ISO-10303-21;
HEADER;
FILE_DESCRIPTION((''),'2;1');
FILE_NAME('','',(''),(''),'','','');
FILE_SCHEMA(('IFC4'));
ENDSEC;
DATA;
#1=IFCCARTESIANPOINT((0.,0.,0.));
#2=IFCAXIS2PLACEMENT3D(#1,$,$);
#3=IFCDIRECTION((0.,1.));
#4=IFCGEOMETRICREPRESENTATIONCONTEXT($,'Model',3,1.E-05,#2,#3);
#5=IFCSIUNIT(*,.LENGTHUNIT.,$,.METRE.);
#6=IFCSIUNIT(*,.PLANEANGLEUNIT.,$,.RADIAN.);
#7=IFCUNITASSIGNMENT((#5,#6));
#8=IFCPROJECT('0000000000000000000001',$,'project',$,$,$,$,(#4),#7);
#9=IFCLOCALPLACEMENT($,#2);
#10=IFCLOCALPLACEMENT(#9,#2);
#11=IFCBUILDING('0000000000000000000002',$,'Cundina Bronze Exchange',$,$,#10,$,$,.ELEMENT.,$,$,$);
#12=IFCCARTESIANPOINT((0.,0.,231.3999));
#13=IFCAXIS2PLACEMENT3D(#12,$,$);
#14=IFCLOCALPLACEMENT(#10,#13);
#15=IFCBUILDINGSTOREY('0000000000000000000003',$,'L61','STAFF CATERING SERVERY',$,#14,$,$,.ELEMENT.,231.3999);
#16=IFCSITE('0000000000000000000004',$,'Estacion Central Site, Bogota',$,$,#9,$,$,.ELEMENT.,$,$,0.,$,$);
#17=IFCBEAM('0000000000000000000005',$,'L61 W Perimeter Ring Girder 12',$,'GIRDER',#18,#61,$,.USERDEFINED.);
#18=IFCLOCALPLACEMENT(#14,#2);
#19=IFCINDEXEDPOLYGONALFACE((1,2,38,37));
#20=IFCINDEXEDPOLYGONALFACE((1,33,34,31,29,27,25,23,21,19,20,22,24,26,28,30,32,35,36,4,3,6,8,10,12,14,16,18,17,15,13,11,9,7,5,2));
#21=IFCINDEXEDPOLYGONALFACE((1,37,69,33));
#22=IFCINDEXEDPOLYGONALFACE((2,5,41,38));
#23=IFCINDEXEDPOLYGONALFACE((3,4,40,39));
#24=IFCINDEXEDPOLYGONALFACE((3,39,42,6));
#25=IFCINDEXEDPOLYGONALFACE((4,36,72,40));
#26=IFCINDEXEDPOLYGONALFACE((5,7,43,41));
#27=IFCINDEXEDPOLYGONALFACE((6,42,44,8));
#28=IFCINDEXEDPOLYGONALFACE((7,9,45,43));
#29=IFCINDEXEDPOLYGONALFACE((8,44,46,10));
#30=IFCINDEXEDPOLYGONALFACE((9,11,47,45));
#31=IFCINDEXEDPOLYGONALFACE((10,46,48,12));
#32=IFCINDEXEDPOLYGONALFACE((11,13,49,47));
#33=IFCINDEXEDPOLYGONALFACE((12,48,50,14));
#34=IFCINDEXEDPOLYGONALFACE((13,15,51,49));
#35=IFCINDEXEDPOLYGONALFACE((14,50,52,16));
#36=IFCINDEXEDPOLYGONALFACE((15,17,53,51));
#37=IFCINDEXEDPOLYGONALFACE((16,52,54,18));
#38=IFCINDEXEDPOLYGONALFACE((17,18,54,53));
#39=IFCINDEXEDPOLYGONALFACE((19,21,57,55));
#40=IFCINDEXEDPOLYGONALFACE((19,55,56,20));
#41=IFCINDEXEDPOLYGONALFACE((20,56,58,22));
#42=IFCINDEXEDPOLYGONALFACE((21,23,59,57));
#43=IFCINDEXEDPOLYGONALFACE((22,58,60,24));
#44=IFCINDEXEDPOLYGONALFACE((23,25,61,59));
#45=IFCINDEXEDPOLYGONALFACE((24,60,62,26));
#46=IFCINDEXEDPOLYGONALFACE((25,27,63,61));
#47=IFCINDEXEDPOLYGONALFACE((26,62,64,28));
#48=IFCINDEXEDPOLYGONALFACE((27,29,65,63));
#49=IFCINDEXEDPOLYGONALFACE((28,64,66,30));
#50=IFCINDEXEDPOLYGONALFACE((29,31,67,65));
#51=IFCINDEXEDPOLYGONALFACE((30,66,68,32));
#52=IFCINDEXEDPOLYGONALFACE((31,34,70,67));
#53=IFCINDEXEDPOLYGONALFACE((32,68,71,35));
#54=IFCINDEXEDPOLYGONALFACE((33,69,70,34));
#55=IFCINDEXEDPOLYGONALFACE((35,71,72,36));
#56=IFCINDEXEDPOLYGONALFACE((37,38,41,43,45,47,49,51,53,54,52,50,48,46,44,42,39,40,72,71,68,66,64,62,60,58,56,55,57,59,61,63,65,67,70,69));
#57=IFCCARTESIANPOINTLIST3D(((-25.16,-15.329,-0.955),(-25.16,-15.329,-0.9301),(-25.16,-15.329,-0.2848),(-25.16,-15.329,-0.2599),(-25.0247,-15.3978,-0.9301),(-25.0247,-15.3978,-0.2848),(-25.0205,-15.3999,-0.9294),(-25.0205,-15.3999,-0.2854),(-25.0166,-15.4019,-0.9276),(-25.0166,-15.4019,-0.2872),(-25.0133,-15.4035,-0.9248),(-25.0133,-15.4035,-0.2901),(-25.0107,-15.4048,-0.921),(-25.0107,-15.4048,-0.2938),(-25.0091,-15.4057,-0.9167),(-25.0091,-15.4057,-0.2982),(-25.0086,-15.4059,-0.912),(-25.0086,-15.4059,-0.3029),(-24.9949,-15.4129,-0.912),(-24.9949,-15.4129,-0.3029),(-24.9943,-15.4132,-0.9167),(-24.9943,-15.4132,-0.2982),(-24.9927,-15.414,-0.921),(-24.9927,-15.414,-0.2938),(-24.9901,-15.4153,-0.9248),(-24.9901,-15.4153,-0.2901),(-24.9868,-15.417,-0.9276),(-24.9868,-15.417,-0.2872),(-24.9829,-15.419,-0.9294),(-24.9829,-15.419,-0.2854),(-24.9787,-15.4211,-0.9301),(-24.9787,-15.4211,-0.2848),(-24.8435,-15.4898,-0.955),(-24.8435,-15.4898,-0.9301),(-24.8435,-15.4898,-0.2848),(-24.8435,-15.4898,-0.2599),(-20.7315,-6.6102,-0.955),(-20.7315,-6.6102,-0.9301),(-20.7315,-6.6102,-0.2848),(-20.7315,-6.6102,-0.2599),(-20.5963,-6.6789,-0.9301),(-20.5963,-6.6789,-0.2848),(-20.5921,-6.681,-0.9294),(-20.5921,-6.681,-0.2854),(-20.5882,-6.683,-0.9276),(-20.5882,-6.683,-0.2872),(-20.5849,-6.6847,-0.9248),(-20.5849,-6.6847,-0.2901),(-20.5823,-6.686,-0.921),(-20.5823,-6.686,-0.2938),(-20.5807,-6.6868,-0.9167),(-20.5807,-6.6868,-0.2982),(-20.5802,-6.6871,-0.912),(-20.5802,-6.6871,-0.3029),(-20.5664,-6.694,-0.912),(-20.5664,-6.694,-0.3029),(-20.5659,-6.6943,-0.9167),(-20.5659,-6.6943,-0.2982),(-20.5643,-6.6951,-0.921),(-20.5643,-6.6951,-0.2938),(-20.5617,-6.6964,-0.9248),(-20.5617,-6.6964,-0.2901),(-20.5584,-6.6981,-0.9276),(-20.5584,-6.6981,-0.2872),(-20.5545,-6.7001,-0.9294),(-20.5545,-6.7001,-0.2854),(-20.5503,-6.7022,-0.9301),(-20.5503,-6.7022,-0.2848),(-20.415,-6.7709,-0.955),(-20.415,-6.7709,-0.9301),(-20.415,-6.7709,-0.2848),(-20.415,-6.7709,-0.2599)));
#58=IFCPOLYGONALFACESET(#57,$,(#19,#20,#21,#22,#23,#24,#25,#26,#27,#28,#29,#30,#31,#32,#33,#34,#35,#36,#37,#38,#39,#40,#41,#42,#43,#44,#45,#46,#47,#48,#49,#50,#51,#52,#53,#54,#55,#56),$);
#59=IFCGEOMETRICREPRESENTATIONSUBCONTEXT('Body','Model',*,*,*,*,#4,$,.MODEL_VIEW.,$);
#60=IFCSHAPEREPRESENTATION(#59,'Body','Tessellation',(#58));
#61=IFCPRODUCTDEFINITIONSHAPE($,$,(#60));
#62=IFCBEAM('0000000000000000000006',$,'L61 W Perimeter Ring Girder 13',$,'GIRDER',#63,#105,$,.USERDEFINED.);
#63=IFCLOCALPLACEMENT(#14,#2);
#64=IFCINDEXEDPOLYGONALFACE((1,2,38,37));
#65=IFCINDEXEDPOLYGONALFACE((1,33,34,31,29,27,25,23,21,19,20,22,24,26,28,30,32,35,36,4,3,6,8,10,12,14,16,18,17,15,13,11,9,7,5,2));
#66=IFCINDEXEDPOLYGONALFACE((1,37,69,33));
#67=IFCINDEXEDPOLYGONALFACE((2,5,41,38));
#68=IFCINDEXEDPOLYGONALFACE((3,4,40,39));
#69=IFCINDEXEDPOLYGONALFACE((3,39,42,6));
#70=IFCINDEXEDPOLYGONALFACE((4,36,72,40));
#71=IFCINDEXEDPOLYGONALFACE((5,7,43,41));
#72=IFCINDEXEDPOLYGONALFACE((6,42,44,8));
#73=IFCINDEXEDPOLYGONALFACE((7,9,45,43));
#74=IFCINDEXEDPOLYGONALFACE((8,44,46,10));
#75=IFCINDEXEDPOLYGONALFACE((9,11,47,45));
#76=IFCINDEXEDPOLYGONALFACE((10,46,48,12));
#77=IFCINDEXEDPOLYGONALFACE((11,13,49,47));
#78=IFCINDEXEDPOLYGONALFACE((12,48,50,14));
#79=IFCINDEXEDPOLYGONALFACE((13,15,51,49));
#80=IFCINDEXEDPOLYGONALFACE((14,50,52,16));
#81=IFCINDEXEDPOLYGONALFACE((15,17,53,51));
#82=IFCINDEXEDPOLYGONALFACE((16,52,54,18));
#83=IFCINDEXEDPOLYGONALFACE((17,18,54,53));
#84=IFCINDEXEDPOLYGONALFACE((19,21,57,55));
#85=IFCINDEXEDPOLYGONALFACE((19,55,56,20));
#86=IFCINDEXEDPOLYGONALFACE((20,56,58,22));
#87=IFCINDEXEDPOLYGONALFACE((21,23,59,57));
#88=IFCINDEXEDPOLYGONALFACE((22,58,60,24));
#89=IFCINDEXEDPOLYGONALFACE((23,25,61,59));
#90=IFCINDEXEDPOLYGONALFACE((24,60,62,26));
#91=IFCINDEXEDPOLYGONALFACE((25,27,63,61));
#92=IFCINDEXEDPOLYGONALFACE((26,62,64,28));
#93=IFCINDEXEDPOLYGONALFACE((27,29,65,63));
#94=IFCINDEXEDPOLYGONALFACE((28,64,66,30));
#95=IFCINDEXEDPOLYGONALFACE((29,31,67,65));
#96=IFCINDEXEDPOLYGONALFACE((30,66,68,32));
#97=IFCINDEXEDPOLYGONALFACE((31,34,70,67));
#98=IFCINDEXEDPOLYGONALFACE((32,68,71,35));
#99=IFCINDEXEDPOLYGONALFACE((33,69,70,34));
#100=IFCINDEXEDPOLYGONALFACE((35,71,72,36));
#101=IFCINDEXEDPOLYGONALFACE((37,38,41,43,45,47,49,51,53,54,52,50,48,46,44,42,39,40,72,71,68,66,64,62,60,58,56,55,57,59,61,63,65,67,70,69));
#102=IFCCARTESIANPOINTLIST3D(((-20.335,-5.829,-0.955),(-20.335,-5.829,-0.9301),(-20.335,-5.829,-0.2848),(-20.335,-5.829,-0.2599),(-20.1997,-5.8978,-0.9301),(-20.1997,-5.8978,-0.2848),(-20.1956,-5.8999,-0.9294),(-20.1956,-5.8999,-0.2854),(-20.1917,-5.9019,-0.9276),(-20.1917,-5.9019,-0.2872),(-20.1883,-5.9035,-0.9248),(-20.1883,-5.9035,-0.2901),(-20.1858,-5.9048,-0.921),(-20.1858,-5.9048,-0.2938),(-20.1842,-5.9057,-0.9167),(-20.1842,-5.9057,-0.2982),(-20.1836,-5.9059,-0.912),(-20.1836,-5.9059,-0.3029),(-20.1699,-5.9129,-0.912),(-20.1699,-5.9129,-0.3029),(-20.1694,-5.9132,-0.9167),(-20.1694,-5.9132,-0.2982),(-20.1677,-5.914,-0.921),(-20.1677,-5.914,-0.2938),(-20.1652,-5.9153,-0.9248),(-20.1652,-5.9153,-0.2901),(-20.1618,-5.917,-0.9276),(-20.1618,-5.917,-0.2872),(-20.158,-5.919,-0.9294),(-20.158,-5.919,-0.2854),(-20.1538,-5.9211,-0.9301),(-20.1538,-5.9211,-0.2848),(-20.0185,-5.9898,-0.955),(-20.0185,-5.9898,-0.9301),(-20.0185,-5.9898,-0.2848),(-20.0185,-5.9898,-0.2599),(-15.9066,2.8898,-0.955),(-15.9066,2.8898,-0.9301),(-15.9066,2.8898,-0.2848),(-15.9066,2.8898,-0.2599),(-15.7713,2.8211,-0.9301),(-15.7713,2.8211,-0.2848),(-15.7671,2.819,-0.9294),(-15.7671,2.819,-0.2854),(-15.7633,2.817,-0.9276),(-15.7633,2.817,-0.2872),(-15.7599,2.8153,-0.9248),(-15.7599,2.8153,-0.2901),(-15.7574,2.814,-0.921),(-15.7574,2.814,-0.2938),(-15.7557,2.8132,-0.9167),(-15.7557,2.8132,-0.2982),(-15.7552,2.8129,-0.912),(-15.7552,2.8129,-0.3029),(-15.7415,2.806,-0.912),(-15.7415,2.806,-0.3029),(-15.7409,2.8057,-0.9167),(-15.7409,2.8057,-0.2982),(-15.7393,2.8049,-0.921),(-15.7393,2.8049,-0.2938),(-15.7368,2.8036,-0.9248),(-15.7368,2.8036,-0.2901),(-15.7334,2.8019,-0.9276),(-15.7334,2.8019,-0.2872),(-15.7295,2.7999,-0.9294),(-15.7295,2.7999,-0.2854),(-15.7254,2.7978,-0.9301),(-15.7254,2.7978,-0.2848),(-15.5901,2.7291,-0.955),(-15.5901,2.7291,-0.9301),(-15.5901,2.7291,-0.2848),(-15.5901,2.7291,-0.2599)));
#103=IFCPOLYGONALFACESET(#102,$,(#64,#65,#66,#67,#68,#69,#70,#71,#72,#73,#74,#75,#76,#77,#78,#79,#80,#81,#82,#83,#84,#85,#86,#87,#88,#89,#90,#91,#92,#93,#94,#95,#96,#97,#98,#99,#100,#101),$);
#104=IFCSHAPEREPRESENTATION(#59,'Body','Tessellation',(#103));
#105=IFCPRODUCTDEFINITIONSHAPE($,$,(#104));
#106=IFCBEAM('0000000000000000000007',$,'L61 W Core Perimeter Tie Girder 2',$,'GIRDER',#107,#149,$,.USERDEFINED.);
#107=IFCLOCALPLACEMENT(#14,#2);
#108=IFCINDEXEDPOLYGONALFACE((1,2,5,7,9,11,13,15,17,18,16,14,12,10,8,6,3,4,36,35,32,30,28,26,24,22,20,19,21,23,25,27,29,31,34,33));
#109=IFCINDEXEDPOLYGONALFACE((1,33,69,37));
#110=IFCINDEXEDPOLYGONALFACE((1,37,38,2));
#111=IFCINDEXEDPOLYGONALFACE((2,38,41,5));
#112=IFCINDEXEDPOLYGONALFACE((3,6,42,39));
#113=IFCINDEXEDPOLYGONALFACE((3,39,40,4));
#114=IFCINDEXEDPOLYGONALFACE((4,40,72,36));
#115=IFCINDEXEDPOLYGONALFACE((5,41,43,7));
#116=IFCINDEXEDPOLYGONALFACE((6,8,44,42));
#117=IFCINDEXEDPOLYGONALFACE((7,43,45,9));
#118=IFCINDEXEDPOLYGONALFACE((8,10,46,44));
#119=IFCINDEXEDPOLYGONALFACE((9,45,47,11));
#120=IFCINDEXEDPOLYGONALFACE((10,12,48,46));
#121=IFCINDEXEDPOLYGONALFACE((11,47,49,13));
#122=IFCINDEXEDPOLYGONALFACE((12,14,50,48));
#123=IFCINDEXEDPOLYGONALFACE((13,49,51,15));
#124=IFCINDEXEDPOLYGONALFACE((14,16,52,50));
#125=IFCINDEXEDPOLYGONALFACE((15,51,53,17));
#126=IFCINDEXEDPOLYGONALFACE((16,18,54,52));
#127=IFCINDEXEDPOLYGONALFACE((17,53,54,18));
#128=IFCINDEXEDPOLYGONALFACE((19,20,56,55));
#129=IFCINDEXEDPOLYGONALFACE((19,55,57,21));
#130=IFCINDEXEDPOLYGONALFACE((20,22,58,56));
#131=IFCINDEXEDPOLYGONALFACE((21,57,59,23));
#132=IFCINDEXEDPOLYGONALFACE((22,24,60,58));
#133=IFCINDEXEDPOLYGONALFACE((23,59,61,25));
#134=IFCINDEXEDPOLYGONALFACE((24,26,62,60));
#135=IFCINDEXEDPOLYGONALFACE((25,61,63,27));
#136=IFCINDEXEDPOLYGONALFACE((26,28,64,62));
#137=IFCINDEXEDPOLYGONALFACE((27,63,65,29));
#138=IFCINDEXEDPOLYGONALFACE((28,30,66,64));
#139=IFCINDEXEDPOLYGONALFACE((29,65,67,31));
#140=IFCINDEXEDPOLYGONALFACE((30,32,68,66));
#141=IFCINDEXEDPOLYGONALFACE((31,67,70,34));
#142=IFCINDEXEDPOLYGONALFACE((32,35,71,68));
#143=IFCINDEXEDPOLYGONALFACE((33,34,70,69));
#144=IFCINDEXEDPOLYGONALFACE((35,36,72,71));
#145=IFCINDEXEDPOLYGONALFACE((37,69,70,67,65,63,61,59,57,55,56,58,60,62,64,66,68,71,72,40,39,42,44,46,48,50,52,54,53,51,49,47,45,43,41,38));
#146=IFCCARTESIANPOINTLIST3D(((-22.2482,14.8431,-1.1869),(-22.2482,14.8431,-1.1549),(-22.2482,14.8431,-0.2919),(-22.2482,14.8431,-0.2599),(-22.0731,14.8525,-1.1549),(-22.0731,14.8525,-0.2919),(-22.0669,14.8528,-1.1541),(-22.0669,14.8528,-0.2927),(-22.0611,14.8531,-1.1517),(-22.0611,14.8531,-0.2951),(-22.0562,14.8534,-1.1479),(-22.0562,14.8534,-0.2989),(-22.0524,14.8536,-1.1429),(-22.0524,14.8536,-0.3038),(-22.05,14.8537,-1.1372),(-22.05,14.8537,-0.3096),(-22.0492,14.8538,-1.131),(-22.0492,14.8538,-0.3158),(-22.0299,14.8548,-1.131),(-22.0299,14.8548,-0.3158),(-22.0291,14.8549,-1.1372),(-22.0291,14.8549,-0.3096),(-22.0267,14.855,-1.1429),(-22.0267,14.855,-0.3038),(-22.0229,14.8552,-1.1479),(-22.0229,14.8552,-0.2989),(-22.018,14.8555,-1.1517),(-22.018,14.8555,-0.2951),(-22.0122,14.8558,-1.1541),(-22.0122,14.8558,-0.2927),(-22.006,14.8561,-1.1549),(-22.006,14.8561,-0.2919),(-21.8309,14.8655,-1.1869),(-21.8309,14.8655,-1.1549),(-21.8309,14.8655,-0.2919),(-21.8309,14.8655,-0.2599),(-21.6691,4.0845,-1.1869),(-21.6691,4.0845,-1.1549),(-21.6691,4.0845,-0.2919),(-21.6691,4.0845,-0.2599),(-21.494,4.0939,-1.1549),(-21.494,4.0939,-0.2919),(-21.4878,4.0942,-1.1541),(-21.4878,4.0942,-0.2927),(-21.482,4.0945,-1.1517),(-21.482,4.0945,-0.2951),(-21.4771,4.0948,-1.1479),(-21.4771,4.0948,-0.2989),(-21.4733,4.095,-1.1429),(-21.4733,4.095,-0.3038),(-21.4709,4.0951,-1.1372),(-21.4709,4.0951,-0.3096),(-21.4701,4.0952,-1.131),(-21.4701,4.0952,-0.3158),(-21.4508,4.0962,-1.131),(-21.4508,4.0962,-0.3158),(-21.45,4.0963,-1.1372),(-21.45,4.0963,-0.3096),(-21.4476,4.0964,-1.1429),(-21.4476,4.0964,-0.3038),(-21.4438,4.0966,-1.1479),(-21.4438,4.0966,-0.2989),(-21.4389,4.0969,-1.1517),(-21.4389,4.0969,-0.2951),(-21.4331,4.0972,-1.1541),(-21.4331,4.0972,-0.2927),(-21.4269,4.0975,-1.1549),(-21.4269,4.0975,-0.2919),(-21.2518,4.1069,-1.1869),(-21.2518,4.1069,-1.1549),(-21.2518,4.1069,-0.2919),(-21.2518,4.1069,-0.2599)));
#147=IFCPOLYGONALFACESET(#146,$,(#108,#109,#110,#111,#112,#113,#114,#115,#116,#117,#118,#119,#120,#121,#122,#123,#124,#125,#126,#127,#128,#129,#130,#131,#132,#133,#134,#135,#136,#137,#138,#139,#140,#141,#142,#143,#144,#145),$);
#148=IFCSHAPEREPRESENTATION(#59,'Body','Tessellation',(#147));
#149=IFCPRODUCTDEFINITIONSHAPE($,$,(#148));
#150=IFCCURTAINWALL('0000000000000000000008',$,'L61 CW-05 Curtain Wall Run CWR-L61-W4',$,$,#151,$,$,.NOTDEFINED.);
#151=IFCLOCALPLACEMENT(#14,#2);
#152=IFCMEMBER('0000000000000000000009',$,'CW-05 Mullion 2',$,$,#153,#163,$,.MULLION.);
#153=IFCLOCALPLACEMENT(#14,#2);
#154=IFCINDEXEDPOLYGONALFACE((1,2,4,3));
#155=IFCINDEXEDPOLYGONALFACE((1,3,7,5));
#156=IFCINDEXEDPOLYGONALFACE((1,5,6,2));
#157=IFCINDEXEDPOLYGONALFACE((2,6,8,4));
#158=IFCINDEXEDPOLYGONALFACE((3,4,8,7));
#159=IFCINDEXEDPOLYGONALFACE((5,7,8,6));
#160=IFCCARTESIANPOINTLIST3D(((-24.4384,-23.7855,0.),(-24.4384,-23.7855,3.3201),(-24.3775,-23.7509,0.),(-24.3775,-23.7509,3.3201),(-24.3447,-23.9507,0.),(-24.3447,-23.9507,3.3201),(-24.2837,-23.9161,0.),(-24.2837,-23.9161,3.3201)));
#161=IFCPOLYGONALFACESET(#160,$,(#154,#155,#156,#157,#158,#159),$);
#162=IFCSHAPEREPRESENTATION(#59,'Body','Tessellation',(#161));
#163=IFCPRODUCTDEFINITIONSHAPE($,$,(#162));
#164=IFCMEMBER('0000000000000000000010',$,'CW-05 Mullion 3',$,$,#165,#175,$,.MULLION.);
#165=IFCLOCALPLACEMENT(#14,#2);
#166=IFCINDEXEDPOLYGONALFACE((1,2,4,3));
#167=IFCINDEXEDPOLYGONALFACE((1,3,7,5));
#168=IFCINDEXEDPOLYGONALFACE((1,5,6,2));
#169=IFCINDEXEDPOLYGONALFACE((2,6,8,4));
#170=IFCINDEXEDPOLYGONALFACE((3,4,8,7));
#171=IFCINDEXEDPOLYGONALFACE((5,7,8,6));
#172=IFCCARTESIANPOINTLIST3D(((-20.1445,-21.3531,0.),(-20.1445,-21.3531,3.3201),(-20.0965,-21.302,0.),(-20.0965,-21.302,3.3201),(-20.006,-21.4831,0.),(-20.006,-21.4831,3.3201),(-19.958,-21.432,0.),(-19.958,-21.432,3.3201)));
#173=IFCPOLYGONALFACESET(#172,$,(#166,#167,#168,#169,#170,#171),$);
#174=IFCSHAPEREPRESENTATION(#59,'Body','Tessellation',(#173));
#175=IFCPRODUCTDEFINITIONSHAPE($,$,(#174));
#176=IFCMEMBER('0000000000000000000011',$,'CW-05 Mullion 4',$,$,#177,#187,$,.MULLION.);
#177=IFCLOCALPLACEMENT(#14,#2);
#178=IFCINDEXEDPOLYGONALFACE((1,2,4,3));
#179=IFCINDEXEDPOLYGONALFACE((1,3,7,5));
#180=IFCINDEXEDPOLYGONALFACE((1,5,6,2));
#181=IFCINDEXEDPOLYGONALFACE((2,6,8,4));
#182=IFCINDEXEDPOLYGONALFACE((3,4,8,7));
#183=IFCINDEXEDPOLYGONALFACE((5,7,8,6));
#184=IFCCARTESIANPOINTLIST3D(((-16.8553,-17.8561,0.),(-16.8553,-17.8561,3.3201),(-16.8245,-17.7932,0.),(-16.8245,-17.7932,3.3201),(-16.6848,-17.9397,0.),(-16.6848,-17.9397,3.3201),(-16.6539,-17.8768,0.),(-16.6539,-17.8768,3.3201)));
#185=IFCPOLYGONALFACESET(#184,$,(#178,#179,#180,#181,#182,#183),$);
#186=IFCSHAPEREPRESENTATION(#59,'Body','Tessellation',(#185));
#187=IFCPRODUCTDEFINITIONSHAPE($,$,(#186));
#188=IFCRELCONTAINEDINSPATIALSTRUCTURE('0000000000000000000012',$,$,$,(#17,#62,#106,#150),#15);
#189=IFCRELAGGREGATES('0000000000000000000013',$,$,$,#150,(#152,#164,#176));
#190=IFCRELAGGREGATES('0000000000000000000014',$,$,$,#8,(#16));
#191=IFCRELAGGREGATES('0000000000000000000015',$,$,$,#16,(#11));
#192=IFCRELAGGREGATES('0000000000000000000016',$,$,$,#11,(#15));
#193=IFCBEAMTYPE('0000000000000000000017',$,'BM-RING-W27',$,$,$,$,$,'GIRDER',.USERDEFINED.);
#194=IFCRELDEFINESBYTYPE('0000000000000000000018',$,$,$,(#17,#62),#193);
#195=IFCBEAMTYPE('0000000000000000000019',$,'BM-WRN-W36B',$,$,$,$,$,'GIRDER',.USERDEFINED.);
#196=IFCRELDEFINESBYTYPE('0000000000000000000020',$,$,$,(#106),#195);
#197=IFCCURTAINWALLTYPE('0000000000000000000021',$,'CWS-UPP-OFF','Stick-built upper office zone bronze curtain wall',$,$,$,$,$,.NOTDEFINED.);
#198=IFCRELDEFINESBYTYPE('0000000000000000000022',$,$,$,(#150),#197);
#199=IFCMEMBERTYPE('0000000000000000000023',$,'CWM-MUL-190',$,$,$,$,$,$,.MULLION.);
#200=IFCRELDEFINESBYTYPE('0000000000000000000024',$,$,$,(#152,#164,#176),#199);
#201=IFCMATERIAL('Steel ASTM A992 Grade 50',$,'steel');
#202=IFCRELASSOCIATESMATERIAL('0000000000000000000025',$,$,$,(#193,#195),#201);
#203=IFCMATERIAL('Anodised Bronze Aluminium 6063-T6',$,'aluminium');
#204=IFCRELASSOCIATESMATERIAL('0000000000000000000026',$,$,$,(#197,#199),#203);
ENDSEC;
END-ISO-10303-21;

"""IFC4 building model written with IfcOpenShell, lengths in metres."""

from ifc_helpers import new_model, si_unit, direction, frame, origin, origin_2d, place, context, subcontext, project, spatial, rectangle, i_section, extrude, material, material_profile, profile_set, type_object, element, aggregate, save


model = new_model("IFC4")

# Units and contexts
model_context = context("Model", 3, precision=1e-05, world=origin(), true_north=direction((0.0, 1.0)))
body_context = subcontext(model_context, "Body", "Model", "MODEL_VIEW")
ifc_project = project(units=[si_unit("LENGTHUNIT", "METRE"), si_unit("PLANEANGLEUNIT", "RADIAN")], contexts=[model_context])

# Site, building, storey
site_placement = place(None, origin())
site = spatial("IfcSite", under=ifc_project, at=site_placement, Name="Estacion Central Site, Bogota", CompositionType="ELEMENT", RefElevation=0.0)
building_placement = place(site_placement, origin())
building = spatial("IfcBuilding", under=site, at=building_placement, Name="Cundina Bronze Exchange", CompositionType="ELEMENT")
storey_placement = place(building_placement, frame((0.0, 0.0, 231.3999)))
storey = spatial("IfcBuildingStorey", under=building, at=storey_placement, Name="L61", Description="STAFF CATERING SERVERY", CompositionType="ELEMENT", Elevation=231.3999)

# Shared definitions
ifc_material_1 = material(Name="Steel ASTM A992 Grade 50", Category="steel")

# Beams
ifc_material_profile_1 = material_profile(ifc_material_1, i_section(OverallWidth=0.355, OverallDepth=0.6951, WebThickness=0.0154, FlangeThickness=0.0249, FilletRadius=0.0181, at=origin_2d()), Name="W27X146", Category="steel")
ifc_profile_set_1 = profile_set([ifc_material_profile_1], Name="Steel ASTM A992 Grade 50")
beam_type_1 = type_object("IfcBeamType", Name="BM-RING-W27", ElementType="GIRDER", PredefinedType="USERDEFINED", material=ifc_profile_set_1)
for number, where, z_axis, x_axis, name in (
    (1, (-25.0017, -15.4094, -0.6074), (0.452847, 0.891588, 0.0), (-0.891588, 0.452847, 0.0), "L61 W Perimeter Ring Girder 12"),
    (2, (-20.1768, -5.9094, -0.6074), (0.452847, 0.891588, 0.0), (-0.891588, 0.452847, 0.0), "L61 W Perimeter Ring Girder 13"),
):
    element("IfcBeam", number, at=place(storey_placement, frame(where, z_axis=z_axis, x_axis=x_axis)), inside=storey, type_object=beam_type_1, Name=name, ObjectType="GIRDER", PredefinedType="USERDEFINED", context=body_context, shape_type="SweptSolid", body=[
        extrude(i_section(OverallWidth=0.355, OverallDepth=0.6951, WebThickness=0.0154, FlangeThickness=0.0249, FilletRadius=0.0181, at=origin_2d()), origin(), (0.0, 0.0, 1.0), 9.7791),
    ])
ifc_material_profile_2 = material_profile(ifc_material_1, i_section(OverallWidth=0.418, OverallDepth=0.927, WebThickness=0.0193, FlangeThickness=0.032, FilletRadius=0.0239, at=origin_2d()), Name="W36X231", Category="steel")
ifc_profile_set_2 = profile_set([ifc_material_profile_2], Name="Steel ASTM A992 Grade 50")
beam_type_2 = type_object("IfcBeamType", Name="BM-WRN-W36B", ElementType="GIRDER", PredefinedType="USERDEFINED", material=ifc_profile_set_2)
beam_1_placement = place(storey_placement, frame((-21.4604, 4.0957, -0.7234), z_axis=(-0.053749, 0.998554, 0.0), x_axis=(-0.998554, -0.053749, 0.0)))
element("IfcBeam", 3, at=beam_1_placement, inside=storey, type_object=beam_type_2, Name="L61 W Core Perimeter Tie Girder 2", ObjectType="GIRDER", PredefinedType="USERDEFINED", context=body_context, shape_type="SweptSolid", body=[
    extrude(i_section(OverallWidth=0.418, OverallDepth=0.927, WebThickness=0.0193, FlangeThickness=0.032, FilletRadius=0.0239, at=origin_2d()), origin(), (0.0, 0.0, 1.0), 10.7742),
])

# Curtain wall, members
ifc_material_2 = material(Name="Anodised Bronze Aluminium 6063-T6", Category="aluminium")
curtain_wall_type = type_object("IfcCurtainWallType", Name="CWS-UPP-OFF", Description="Stick-built upper office zone bronze curtain wall", PredefinedType="NOTDEFINED", material=ifc_material_2)
curtain_wall_placement = place(storey_placement, origin())
curtain_wall = element("IfcCurtainWall", 4, at=curtain_wall_placement, inside=storey, type_object=curtain_wall_type, Name="L61 CW-05 Curtain Wall Run CWR-L61-W4", PredefinedType="NOTDEFINED")
ifc_material_profile_3 = material_profile(ifc_material_2, rectangle(XDim=0.0701, YDim=0.1899, at=origin_2d()), Name="AL70X190", Category="aluminium")
ifc_profile_set_3 = profile_set([ifc_material_profile_3], Name="Anodised Bronze Aluminium 6063-T6")
member_type_1 = type_object("IfcMemberType", Name="CWM-MUL-190", PredefinedType="MULLION", material=ifc_profile_set_3)
member_1_placement = place(storey_placement, frame((-24.3611, -23.8508, 0.0), z_axis=(0.0, 0.0, 1.0), x_axis=(0.869581, 0.49379, 0.0)))
member_1 = element("IfcMember", 5, at=member_1_placement, type_object=member_type_1, Name="CW-05 Mullion 2", PredefinedType="MULLION", context=body_context, shape_type="SweptSolid", body=[
    extrude(rectangle(XDim=0.0701, YDim=0.1899, at=origin_2d()), origin(), (0.0, 0.0, 1.0), 3.3201),
])
member_2_placement = place(storey_placement, frame((-20.0513, -21.3926, 0.0), z_axis=(0.0, 0.0, 1.0), x_axis=(0.684293, 0.729208, 0.0)))
member_2 = element("IfcMember", 6, at=member_2_placement, type_object=member_type_1, Name="CW-05 Mullion 3", PredefinedType="MULLION", context=body_context, shape_type="SweptSolid", body=[
    extrude(rectangle(XDim=0.0701, YDim=0.1899, at=origin_2d()), origin(), (0.0, 0.0, 1.0), 3.3201),
])
member_3_placement = place(storey_placement, frame((-16.7546, -17.8665, 0.0), z_axis=(0.0, 0.0, 1.0), x_axis=(0.440566, 0.89772, 0.0)))
member_3 = element("IfcMember", 7, at=member_3_placement, type_object=member_type_1, Name="CW-05 Mullion 4", PredefinedType="MULLION", context=body_context, shape_type="SweptSolid", body=[
    extrude(rectangle(XDim=0.0701, YDim=0.1899, at=origin_2d()), origin(), (0.0, 0.0, 1.0), 3.3201),
])
aggregate(curtain_wall, [member_1, member_2, member_3])

save(model, "model.ifc")
